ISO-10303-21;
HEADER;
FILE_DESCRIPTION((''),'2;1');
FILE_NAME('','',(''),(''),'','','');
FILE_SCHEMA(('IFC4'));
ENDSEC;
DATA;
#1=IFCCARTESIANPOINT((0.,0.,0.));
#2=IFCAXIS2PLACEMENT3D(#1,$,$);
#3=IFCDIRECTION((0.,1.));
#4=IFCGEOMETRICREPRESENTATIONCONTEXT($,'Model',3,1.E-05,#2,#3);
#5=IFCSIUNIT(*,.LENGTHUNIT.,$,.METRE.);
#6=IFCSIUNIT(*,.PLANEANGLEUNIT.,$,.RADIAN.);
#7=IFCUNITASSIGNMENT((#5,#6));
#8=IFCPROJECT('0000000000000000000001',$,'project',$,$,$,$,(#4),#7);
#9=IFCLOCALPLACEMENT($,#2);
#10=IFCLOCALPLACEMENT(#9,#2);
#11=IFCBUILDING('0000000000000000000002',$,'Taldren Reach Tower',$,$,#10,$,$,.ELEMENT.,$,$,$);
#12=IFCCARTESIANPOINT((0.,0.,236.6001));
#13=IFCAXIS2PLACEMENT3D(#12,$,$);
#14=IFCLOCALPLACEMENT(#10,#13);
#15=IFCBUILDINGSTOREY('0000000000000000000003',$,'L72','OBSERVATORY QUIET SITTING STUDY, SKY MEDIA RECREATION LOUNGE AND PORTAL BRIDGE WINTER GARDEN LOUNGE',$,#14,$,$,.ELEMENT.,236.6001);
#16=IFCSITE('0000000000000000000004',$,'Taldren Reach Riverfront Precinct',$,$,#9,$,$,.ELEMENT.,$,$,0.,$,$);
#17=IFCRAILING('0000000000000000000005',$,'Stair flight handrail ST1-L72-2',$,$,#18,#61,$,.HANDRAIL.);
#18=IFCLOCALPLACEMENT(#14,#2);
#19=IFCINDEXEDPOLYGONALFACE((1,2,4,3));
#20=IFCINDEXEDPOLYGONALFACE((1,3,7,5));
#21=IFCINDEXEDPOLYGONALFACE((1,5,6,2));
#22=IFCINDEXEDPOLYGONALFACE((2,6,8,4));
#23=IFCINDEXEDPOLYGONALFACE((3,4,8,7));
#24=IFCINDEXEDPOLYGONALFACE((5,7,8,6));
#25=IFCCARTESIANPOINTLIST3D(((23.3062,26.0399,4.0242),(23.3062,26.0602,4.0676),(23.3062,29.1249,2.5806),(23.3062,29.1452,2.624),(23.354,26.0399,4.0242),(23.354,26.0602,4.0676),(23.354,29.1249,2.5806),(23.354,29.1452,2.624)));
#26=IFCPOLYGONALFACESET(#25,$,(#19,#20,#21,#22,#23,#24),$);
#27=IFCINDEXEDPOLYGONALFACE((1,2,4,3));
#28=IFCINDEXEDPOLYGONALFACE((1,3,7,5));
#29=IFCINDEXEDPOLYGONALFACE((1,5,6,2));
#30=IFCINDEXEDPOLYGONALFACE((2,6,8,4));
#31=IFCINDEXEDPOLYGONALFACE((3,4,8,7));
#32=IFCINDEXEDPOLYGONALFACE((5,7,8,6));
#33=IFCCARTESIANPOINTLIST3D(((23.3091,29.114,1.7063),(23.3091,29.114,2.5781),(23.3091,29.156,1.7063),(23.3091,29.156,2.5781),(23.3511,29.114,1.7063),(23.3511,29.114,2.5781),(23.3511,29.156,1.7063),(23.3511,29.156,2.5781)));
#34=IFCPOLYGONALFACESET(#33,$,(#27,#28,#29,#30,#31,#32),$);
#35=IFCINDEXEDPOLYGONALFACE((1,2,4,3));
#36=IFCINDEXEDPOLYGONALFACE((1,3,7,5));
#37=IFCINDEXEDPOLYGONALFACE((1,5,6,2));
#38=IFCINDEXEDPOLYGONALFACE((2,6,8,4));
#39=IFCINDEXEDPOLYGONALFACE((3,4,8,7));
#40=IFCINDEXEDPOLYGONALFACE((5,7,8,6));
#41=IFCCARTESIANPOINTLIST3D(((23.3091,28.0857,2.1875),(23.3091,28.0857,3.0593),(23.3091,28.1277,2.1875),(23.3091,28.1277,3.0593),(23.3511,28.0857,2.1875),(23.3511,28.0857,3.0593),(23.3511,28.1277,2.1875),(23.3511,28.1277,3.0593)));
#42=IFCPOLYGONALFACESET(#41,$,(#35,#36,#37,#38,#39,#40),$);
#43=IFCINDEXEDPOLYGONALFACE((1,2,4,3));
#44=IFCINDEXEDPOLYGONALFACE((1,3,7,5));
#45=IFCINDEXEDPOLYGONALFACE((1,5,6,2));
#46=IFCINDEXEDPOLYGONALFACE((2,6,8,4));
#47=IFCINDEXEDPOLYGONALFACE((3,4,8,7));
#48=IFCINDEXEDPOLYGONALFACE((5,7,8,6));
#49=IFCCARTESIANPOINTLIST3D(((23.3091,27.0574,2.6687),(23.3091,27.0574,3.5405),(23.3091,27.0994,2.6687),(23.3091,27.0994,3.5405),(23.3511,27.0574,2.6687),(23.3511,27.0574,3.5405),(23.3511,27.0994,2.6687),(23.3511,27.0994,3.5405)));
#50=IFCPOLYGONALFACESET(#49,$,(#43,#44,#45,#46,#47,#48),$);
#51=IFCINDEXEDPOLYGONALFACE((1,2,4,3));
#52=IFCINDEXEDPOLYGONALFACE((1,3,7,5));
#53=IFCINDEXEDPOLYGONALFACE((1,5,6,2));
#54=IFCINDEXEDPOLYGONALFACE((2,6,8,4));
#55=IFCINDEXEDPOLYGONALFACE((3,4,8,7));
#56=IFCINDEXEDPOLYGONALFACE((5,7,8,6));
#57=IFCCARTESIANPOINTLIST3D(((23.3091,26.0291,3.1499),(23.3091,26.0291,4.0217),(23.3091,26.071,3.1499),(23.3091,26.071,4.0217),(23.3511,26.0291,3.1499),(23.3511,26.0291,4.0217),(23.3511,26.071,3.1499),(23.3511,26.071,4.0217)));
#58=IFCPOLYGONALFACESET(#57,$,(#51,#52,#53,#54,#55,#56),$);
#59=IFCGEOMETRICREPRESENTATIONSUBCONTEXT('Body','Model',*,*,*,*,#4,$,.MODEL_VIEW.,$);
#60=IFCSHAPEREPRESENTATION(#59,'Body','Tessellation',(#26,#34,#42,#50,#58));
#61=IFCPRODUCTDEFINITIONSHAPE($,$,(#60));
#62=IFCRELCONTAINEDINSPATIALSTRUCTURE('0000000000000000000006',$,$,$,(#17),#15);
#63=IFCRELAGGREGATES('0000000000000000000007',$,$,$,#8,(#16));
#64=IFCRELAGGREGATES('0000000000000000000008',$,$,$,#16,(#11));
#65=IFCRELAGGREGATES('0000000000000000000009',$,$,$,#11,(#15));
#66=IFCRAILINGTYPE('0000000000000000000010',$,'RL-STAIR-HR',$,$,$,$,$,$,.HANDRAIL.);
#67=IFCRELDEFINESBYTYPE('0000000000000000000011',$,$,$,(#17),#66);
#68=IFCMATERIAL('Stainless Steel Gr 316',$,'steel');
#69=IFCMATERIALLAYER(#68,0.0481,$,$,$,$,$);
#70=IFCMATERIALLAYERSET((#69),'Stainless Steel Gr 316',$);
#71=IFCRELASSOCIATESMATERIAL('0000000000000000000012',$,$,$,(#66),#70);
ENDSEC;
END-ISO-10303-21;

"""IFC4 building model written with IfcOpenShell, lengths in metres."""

from ifc_helpers import new_model, si_unit, direction, frame, origin, origin_2d, place, context, subcontext, project, spatial, rectangle, extrude, material, layer, layer_set, type_object, element, save


model = new_model("IFC4")

# Units and contexts
model_context = context("Model", 3, precision=1e-05, world=origin(), true_north=direction((0.0, 1.0)))
body_context = subcontext(model_context, "Body", "Model", "MODEL_VIEW")
ifc_project = project(units=[si_unit("LENGTHUNIT", "METRE"), si_unit("PLANEANGLEUNIT", "RADIAN")], contexts=[model_context])

# Site, building, storey
site_placement = place(None, origin())
site = spatial("IfcSite", under=ifc_project, at=site_placement, Name="Taldren Reach Riverfront Precinct", CompositionType="ELEMENT", RefElevation=0.0)
building_placement = place(site_placement, origin())
building = spatial("IfcBuilding", under=site, at=building_placement, Name="Taldren Reach Tower", CompositionType="ELEMENT")
storey_placement = place(building_placement, frame((0.0, 0.0, 236.6001)))
storey = spatial("IfcBuildingStorey", under=building, at=storey_placement, Name="L72", Description="OBSERVATORY QUIET SITTING STUDY, SKY MEDIA RECREATION LOUNGE AND PORTAL BRIDGE WINTER GARDEN LOUNGE", CompositionType="ELEMENT", Elevation=236.6001)

# Railing
ifc_material_1 = material(Name="Stainless Steel Gr 316", Category="steel")
ifc_layer_1 = layer(ifc_material_1, 0.0481)
ifc_layer_set_1 = layer_set([ifc_layer_1], Name="Stainless Steel Gr 316")
railing_type = type_object("IfcRailingType", Name="RL-STAIR-HR", PredefinedType="HANDRAIL", material=ifc_layer_set_1)
railing_placement = place(storey_placement, frame((23.3301, 29.135, 1.7063)))
element("IfcRailing", 1, at=railing_placement, inside=storey, type_object=railing_type, Name="Stair flight handrail ST1-L72-2", PredefinedType="HANDRAIL", context=body_context, shape_type="SweptSolid", body=[
    extrude(rectangle(XDim=0.0479, YDim=0.0479, at=origin_2d()), frame((0.0, 0.0, 0.896), z_axis=(0.0, -0.905738, 0.423839), x_axis=(1.0, 0.0, 0.0)), (0.0, 0.0, 1.0), 3.406),
    extrude(rectangle(XDim=0.042, YDim=0.042, at=origin_2d()), origin(), (0.0, 0.0, 1.0), 0.8718),
    extrude(rectangle(XDim=0.042, YDim=0.042, at=origin_2d()), frame((0.0, -1.0283, 0.4812)), (0.0, 0.0, 1.0), 0.8718),
    extrude(rectangle(XDim=0.042, YDim=0.042, at=origin_2d()), frame((0.0, -2.0566, 0.9624)), (0.0, 0.0, 1.0), 0.8718),
    extrude(rectangle(XDim=0.042, YDim=0.042, at=origin_2d()), frame((0.0, -3.085, 1.4436)), (0.0, 0.0, 1.0), 0.8718),
])

save(model, "model.ifc")
